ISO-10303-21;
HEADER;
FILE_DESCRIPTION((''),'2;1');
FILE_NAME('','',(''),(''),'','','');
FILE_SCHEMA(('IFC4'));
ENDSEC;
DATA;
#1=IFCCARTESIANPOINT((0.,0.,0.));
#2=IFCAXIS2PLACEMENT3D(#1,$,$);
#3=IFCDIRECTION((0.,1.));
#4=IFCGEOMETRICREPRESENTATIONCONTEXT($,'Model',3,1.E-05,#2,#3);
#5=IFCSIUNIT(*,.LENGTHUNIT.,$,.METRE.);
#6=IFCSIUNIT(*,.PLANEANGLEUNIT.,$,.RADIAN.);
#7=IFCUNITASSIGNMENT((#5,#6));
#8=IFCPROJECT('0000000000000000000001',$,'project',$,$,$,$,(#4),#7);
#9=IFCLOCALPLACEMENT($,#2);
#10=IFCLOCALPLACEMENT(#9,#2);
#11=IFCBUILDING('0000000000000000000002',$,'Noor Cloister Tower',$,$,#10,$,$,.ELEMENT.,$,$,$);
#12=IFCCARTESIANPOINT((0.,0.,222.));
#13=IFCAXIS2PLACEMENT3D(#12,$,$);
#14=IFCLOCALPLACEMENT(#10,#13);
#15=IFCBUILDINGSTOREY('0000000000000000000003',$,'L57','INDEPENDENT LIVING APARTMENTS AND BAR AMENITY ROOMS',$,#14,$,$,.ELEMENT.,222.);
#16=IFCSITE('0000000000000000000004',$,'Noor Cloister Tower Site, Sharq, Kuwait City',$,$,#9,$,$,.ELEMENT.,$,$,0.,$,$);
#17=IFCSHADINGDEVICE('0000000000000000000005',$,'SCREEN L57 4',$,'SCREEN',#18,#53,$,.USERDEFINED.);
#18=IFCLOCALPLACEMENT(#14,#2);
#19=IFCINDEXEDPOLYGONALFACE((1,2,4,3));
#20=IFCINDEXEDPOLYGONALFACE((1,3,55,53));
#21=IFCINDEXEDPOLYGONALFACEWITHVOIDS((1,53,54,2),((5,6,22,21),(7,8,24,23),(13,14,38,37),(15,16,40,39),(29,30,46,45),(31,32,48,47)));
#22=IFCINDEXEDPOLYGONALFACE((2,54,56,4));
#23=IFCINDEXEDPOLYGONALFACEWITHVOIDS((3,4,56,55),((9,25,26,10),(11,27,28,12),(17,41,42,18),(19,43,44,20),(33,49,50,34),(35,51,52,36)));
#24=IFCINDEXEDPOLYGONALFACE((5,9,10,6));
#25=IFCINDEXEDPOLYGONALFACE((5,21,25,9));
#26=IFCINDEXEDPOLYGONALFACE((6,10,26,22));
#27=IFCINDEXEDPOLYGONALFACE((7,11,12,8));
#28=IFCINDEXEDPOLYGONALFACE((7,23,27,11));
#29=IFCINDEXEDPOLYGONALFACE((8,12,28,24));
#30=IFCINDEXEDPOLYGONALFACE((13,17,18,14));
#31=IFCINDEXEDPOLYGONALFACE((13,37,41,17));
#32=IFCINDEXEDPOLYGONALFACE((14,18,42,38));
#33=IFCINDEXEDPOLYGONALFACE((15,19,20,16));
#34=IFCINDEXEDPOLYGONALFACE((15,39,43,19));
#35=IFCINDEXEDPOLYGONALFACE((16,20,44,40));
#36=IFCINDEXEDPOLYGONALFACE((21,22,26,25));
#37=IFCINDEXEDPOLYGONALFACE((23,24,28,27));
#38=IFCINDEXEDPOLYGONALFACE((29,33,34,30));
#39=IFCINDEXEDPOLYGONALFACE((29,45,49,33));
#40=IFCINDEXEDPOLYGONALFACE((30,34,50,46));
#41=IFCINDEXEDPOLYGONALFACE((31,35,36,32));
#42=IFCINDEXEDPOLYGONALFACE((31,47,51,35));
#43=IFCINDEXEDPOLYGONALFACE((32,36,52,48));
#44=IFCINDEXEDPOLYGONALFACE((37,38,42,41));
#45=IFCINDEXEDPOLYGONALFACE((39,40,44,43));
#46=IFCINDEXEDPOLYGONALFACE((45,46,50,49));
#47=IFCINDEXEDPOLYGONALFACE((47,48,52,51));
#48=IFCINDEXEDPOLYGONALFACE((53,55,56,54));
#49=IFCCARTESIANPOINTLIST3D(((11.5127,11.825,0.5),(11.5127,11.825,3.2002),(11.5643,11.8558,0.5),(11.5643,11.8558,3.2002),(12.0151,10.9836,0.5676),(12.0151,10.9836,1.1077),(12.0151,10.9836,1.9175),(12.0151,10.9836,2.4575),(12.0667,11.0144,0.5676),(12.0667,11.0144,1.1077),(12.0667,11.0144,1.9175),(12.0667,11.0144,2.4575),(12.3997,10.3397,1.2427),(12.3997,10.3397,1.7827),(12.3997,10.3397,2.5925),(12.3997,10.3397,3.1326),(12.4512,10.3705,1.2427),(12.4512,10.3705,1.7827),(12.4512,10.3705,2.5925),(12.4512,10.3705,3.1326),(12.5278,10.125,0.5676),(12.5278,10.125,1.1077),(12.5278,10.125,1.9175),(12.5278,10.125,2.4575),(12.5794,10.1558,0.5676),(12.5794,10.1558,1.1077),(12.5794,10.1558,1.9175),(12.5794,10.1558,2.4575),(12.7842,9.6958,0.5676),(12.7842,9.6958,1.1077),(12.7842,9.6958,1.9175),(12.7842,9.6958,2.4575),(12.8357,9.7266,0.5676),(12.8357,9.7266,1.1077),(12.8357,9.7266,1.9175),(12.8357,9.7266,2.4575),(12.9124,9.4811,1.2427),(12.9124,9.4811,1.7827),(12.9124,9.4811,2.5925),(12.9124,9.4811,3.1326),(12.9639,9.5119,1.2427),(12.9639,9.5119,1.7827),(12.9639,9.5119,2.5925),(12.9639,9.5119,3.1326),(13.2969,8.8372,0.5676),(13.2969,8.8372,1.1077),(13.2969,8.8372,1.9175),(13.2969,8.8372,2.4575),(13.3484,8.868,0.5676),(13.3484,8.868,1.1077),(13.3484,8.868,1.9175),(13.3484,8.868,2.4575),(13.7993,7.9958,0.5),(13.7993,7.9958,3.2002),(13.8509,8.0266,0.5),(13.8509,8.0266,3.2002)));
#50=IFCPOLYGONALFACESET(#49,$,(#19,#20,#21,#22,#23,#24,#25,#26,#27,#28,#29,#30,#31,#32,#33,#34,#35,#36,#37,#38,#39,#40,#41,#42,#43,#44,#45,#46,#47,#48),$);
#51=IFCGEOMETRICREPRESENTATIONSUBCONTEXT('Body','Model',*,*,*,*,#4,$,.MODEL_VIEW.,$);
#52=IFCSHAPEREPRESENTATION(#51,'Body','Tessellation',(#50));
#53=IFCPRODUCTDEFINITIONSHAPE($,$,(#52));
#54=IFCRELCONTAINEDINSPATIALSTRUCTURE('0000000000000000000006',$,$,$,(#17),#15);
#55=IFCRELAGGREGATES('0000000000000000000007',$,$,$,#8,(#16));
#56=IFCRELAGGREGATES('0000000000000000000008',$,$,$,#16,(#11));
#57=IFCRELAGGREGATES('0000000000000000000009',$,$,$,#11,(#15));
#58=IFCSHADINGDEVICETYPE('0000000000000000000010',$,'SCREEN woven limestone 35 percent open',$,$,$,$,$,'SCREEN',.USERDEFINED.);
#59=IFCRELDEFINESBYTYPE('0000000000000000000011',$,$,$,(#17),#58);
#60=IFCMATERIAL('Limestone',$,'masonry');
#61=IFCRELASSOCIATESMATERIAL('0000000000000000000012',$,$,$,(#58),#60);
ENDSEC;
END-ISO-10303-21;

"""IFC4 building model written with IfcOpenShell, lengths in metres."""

from ifc_helpers import new_model, si_unit, direction, frame, origin, place, context, subcontext, project, spatial, polyline, outline, extrude, material, material_profile, profile_set, type_object, element, save


model = new_model("IFC4")

# Units and contexts
model_context = context("Model", 3, precision=1e-05, world=origin(), true_north=direction((0.0, 1.0)))
body_context = subcontext(model_context, "Body", "Model", "MODEL_VIEW")
ifc_project = project(units=[si_unit("LENGTHUNIT", "METRE"), si_unit("PLANEANGLEUNIT", "RADIAN")], contexts=[model_context])

# Site, building, storey
site_placement = place(None, origin())
site = spatial("IfcSite", under=ifc_project, at=site_placement, Name="Noor Cloister Tower Site, Sharq, Kuwait City", CompositionType="ELEMENT", RefElevation=0.0)
building_placement = place(site_placement, origin())
building = spatial("IfcBuilding", under=site, at=building_placement, Name="Noor Cloister Tower", CompositionType="ELEMENT")
storey_placement = place(building_placement, frame((0.0, 0.0, 222.0)))
storey = spatial("IfcBuildingStorey", under=building, at=storey_placement, Name="L57", Description="INDEPENDENT LIVING APARTMENTS AND BAR AMENITY ROOMS", CompositionType="ELEMENT", Elevation=222.0)

# Shading device
ifc_material_1 = material(Name="Limestone", Category="masonry")
ifc_material_profile_1 = material_profile(ifc_material_1, outline(polyline([(-2.23, -1.3501), (2.23, -1.3501), (2.23, 1.3501), (-2.23, 1.3501), (-2.23, -1.3501)]), holes=[polyline([(-1.25, -1.2825), (-0.25, -1.2825), (-0.25, -0.7424), (-1.25, -0.7424), (-1.25, -1.2825)]), polyline([(0.25, -1.2825), (1.25, -1.2825), (1.25, -0.7424), (0.25, -0.7424), (0.25, -1.2825)]), polyline([(-0.5, -0.6074), (0.5, -0.6074), (0.5, -0.0674), (-0.5, -0.0674), (-0.5, -0.6074)]), polyline([(-1.25, 0.0674), (-0.25, 0.0674), (-0.25, 0.6074), (-1.25, 0.6074), (-1.25, 0.0674)]), polyline([(0.25, 0.0674), (1.25, 0.0674), (1.25, 0.6074), (0.25, 0.6074), (0.25, 0.0674)]), polyline([(-0.5, 0.7424), (0.5, 0.7424), (0.5, 1.2825), (-0.5, 1.2825), (-0.5, 0.7424)])]), Name="Woven screen 35 percent open")
ifc_profile_set_1 = profile_set([ifc_material_profile_1], Name="Limestone")
shading_device_type = type_object("IfcShadingDeviceType", Name="SCREEN woven limestone 35 percent open", ElementType="SCREEN", PredefinedType="USERDEFINED", material=ifc_profile_set_1)
shading_device_1_placement = place(storey_placement, frame((12.656, 9.9104, 1.8501), z_axis=(0.858568, 0.512699, 0.0), x_axis=(-0.512699, 0.858568, 0.0)))
element("IfcShadingDevice", 1, at=shading_device_1_placement, inside=storey, type_object=shading_device_type, Name="SCREEN L57 4", ObjectType="SCREEN", PredefinedType="USERDEFINED", context=body_context, shape_type="SweptSolid", body=[
    extrude(outline(polyline([(-2.23, -1.3501), (2.23, -1.3501), (2.23, 1.3501), (-2.23, 1.3501), (-2.23, -1.3501)]), holes=[polyline([(-1.25, -1.2825), (-0.25, -1.2825), (-0.25, -0.7424), (-1.25, -0.7424), (-1.25, -1.2825)]), polyline([(0.25, -1.2825), (1.25, -1.2825), (1.25, -0.7424), (0.25, -0.7424), (0.25, -1.2825)]), polyline([(-0.5, -0.6074), (0.5, -0.6074), (0.5, -0.0674), (-0.5, -0.0674), (-0.5, -0.6074)]), polyline([(-1.25, 0.0674), (-0.25, 0.0674), (-0.25, 0.6074), (-1.25, 0.6074), (-1.25, 0.0674)]), polyline([(0.25, 0.0674), (1.25, 0.0674), (1.25, 0.6074), (0.25, 0.6074), (0.25, 0.0674)]), polyline([(-0.5, 0.7424), (0.5, 0.7424), (0.5, 1.2825), (-0.5, 1.2825), (-0.5, 0.7424)])]), origin(), (0.0, 0.0, 1.0), 0.0601),
])

save(model, "model.ifc")
